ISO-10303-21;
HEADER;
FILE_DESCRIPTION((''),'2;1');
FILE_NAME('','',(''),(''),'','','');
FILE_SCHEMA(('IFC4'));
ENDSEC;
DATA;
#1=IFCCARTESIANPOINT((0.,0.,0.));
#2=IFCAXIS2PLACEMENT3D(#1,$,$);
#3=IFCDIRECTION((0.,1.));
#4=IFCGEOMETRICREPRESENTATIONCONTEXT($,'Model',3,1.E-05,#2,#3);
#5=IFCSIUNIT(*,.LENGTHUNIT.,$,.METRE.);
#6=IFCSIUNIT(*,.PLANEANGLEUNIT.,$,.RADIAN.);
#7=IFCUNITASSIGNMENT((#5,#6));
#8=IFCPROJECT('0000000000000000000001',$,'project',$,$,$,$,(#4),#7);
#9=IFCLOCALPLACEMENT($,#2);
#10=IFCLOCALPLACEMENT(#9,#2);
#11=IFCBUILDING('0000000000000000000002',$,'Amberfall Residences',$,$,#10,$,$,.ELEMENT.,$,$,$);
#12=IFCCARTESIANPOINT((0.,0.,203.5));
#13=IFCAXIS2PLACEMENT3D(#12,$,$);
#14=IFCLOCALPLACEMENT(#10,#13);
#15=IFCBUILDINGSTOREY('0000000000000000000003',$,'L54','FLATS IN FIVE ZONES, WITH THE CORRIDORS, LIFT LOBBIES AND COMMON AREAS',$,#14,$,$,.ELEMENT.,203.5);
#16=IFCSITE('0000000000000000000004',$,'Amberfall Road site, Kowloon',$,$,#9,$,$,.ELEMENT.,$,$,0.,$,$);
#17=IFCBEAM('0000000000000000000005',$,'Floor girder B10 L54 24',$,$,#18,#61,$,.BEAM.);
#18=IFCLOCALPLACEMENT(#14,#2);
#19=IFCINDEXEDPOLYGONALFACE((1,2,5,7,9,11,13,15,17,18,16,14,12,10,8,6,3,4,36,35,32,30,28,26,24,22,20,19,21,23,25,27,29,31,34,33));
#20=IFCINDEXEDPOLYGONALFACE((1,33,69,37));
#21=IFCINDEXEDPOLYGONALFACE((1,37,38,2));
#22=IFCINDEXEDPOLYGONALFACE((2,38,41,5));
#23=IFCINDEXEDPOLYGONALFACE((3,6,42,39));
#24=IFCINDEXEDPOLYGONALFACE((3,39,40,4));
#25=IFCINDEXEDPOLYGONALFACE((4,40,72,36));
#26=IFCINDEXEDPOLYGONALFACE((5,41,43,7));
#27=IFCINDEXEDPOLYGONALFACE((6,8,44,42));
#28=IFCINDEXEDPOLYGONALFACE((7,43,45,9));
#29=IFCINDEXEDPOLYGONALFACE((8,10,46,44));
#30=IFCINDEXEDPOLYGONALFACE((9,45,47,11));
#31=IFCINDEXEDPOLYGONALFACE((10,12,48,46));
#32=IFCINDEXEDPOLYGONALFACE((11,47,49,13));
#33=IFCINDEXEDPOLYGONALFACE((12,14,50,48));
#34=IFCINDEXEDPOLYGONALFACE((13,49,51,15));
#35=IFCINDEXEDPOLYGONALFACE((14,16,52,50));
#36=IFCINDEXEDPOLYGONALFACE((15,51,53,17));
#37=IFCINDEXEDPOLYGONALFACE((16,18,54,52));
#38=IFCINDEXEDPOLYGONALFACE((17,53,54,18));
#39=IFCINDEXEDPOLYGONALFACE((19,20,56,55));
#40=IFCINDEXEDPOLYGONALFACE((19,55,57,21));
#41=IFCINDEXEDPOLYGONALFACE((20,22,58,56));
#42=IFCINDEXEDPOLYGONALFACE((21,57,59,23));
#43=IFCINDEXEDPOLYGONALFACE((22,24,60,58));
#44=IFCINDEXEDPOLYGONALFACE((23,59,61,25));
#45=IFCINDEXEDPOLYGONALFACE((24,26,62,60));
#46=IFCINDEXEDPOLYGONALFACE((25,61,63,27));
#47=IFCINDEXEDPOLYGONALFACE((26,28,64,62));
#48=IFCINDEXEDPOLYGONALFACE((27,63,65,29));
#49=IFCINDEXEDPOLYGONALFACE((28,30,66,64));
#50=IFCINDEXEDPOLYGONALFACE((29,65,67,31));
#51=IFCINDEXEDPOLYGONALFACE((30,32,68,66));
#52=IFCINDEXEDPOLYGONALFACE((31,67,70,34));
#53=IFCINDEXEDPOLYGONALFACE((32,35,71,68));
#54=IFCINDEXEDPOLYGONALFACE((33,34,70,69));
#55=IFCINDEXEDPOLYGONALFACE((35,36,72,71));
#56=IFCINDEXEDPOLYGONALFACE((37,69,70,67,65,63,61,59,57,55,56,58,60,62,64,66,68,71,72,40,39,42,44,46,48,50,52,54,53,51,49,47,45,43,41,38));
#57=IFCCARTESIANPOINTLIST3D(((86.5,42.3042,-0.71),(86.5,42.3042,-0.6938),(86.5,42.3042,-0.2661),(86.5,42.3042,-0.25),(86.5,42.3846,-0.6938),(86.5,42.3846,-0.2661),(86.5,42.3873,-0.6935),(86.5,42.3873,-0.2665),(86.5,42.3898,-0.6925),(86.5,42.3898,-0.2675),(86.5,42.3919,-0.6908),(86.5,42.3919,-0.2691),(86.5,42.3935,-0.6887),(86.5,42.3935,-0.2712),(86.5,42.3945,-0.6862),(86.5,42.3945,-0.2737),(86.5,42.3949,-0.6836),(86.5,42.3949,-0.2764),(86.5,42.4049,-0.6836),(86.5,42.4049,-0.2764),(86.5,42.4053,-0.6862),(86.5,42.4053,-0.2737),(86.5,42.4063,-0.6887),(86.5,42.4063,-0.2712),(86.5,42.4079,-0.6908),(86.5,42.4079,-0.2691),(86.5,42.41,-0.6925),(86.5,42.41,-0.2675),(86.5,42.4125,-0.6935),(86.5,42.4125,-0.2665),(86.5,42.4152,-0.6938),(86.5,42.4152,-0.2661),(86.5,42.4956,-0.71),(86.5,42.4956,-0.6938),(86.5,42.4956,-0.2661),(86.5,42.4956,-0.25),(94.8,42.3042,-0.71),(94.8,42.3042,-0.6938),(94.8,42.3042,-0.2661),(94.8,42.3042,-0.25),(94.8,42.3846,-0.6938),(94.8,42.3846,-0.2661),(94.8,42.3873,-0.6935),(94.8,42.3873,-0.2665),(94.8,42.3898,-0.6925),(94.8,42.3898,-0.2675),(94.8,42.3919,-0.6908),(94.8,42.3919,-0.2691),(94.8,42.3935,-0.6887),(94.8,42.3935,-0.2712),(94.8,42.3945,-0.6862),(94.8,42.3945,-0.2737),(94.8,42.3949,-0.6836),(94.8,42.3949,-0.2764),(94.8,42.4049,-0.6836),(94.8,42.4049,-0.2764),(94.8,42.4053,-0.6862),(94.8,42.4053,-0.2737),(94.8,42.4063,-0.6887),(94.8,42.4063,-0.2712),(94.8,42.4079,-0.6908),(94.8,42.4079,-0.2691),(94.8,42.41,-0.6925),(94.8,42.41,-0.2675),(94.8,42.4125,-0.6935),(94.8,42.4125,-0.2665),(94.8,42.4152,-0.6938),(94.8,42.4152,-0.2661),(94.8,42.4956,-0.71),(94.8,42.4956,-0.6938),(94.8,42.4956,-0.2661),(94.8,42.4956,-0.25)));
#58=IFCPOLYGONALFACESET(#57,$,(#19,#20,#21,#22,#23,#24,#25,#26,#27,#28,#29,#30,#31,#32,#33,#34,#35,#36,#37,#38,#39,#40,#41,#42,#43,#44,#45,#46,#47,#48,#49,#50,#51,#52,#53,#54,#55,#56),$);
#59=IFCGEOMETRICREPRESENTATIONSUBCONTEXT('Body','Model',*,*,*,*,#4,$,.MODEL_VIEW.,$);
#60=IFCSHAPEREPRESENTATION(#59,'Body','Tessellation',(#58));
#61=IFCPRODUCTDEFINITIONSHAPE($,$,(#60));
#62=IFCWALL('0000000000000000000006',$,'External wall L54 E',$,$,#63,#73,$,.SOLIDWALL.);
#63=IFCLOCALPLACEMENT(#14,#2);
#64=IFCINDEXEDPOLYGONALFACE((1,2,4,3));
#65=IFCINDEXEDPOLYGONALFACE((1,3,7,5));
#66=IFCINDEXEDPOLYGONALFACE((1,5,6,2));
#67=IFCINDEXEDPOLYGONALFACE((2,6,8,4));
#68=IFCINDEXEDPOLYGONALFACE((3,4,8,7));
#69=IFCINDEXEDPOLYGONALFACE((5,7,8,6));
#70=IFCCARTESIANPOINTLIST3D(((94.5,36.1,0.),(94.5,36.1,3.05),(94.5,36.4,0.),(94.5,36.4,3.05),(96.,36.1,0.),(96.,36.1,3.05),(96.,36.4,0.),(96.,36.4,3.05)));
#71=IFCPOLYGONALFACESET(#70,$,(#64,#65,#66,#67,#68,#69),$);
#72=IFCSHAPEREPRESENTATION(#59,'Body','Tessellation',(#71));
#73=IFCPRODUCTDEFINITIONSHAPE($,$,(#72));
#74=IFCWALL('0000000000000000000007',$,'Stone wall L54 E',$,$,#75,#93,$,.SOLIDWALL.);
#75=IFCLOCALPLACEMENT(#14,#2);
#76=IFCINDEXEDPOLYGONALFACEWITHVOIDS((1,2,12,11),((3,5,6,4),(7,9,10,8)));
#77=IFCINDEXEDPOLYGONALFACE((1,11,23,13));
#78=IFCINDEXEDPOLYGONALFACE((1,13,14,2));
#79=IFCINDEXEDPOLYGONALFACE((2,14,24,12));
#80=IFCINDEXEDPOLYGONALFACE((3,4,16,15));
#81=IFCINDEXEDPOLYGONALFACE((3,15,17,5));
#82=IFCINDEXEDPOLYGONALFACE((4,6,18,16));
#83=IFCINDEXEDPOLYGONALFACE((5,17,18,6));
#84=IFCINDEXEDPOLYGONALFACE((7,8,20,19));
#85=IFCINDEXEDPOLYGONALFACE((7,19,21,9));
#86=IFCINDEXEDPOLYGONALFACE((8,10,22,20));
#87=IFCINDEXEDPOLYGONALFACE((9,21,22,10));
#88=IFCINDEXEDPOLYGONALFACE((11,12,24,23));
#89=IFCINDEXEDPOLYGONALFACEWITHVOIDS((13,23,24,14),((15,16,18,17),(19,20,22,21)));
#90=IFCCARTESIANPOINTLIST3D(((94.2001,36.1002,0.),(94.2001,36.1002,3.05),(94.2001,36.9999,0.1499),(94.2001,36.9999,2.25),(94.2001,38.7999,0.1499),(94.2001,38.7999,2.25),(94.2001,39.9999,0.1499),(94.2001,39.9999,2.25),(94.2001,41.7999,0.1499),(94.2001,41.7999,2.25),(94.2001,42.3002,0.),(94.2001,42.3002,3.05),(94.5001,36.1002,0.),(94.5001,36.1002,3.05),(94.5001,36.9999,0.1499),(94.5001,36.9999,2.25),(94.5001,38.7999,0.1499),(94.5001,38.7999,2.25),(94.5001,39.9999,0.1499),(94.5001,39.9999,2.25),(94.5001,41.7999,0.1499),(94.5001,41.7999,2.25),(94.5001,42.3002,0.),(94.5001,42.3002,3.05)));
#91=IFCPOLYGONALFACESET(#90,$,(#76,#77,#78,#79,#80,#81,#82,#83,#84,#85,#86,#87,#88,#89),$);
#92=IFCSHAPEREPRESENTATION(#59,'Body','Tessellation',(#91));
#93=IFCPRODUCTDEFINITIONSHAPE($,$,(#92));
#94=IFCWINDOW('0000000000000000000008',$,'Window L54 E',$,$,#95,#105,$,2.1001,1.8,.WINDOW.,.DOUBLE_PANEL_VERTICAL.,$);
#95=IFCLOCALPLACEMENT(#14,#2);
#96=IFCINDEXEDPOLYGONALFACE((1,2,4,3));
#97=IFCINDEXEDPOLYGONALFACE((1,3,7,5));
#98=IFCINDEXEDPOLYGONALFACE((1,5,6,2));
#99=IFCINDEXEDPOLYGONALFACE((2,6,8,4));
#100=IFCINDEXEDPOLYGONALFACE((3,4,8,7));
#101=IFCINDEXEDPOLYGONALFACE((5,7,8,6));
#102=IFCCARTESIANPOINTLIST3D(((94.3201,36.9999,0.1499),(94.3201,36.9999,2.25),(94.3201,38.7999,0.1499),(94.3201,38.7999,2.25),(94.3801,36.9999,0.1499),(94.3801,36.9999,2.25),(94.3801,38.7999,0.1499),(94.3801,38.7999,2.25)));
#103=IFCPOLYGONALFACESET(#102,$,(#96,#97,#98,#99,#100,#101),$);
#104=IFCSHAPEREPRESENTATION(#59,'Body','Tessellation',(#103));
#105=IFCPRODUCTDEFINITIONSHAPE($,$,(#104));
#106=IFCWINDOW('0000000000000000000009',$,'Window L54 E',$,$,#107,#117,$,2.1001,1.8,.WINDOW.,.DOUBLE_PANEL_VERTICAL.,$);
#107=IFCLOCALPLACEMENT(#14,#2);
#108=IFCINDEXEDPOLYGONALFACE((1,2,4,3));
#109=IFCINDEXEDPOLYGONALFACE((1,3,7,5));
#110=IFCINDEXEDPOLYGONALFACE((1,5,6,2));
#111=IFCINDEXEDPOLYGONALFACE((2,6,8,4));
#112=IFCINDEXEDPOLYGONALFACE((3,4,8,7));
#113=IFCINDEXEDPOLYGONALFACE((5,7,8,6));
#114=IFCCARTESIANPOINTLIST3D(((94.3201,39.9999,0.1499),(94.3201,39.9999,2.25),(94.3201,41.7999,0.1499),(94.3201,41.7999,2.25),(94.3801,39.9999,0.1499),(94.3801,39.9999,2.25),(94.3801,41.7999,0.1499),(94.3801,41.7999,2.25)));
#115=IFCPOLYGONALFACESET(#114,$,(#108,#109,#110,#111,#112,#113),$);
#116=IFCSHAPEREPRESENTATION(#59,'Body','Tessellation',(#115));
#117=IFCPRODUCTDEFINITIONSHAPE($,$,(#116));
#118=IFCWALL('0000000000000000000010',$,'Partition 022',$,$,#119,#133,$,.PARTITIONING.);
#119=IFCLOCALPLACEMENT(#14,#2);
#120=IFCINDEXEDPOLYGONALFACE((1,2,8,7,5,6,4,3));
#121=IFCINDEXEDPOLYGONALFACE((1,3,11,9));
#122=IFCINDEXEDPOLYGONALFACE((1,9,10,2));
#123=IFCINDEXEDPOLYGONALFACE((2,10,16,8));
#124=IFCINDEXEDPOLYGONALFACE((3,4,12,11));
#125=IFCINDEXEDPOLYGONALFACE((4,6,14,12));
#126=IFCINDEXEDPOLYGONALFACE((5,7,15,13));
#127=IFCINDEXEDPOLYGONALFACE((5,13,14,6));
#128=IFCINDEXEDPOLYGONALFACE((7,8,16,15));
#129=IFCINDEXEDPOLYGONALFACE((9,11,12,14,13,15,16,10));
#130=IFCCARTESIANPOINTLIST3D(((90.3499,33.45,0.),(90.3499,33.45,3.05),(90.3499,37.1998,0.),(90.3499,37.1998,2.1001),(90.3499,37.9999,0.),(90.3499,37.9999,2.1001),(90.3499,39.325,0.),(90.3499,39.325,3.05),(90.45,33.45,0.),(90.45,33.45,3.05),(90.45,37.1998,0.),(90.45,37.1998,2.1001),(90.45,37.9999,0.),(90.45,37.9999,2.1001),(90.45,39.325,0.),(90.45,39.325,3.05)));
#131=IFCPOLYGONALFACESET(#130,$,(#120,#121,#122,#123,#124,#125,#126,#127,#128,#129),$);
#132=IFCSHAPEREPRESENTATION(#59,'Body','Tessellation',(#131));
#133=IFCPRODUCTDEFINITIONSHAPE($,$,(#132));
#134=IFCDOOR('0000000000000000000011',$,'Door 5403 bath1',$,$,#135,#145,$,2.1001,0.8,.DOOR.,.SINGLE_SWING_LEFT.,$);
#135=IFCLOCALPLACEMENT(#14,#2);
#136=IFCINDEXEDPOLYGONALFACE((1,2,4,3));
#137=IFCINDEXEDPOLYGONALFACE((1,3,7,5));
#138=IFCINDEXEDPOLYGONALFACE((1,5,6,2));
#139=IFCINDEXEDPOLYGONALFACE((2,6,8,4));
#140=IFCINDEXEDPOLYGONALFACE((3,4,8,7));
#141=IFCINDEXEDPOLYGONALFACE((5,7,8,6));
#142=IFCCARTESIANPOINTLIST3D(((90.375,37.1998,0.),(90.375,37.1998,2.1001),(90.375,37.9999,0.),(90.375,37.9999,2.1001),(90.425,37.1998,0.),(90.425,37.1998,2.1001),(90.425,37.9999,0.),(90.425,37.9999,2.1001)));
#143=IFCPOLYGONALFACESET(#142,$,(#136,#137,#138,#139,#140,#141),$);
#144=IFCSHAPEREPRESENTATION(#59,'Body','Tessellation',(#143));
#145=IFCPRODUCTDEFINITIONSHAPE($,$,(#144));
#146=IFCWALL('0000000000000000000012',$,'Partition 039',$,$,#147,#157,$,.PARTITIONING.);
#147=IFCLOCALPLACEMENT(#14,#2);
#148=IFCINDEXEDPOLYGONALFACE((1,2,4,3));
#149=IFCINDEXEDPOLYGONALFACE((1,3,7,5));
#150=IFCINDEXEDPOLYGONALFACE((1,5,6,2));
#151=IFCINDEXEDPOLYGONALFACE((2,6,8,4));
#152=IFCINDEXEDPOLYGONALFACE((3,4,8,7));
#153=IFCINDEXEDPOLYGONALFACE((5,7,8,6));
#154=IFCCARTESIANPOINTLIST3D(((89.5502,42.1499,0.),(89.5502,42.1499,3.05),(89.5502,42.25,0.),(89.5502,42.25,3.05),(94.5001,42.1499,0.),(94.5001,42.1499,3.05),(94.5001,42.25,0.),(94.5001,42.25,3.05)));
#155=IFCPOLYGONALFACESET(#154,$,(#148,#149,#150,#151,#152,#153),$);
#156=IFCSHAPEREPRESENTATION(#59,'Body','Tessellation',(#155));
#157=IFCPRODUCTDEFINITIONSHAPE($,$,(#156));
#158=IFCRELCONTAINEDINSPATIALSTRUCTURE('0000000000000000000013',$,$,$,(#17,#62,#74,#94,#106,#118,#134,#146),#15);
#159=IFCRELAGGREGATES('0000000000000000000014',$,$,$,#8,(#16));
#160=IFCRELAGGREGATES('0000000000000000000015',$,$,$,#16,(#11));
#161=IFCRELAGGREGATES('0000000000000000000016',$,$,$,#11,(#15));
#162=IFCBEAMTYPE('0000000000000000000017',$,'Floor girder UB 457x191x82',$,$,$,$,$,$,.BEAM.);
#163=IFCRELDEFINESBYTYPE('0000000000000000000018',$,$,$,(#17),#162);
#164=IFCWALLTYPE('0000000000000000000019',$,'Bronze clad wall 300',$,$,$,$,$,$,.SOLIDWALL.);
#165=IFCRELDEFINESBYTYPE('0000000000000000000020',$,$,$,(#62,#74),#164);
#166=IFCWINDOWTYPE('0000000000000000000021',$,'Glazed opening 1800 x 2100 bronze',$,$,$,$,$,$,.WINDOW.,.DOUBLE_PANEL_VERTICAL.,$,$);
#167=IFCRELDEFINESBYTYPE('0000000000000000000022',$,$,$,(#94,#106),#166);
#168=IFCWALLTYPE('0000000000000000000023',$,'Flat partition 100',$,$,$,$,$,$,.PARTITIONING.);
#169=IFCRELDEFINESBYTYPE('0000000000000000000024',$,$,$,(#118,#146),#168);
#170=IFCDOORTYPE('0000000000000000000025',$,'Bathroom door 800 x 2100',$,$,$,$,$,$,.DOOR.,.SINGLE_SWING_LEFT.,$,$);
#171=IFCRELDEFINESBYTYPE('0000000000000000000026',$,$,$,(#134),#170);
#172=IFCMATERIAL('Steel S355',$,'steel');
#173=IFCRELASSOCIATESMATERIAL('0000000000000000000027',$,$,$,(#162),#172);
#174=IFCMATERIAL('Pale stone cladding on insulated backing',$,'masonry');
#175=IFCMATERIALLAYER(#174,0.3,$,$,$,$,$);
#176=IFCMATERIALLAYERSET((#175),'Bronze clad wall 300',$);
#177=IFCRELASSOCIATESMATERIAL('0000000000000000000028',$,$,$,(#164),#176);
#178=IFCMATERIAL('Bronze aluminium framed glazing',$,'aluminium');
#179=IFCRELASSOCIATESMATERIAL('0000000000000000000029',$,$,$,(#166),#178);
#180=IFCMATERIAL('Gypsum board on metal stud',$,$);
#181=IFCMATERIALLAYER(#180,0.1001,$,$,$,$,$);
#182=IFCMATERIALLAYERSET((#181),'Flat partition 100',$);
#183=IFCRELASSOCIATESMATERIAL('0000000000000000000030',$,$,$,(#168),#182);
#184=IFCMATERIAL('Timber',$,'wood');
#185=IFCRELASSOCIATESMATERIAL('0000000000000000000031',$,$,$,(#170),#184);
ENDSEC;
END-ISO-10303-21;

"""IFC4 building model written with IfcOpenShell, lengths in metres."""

from ifc_helpers import new_model, si_unit, direction, frame, frame_2d, origin, origin_2d, place, context, subcontext, project, spatial, rectangle, i_section, extrude, material, layer, layer_set, material_profile, profile_set, type_object, element, fill, save


model = new_model("IFC4")

# Units and contexts
model_context = context("Model", 3, precision=1e-05, world=origin(), true_north=direction((0.0, 1.0)))
body_context = subcontext(model_context, "Body", "Model", "MODEL_VIEW")
ifc_project = project(units=[si_unit("LENGTHUNIT", "METRE"), si_unit("PLANEANGLEUNIT", "RADIAN")], contexts=[model_context])

# Site, building, storey
site_placement = place(None, origin())
site = spatial("IfcSite", under=ifc_project, at=site_placement, Name="Amberfall Road site, Kowloon", CompositionType="ELEMENT", RefElevation=0.0)
building_placement = place(site_placement, origin())
building = spatial("IfcBuilding", under=site, at=building_placement, Name="Amberfall Residences", CompositionType="ELEMENT")
storey_placement = place(building_placement, frame((0.0, 0.0, 203.5)))
storey = spatial("IfcBuildingStorey", under=building, at=storey_placement, Name="L54", Description="FLATS IN FIVE ZONES, WITH THE CORRIDORS, LIFT LOBBIES AND COMMON AREAS", CompositionType="ELEMENT", Elevation=203.5)

# Beam
ifc_material_1 = material(Name="Steel S355", Category="steel")
ifc_material_profile_1 = material_profile(ifc_material_1, i_section(OverallWidth=0.1914, OverallDepth=0.46, WebThickness=0.01, FlangeThickness=0.0161, FilletRadius=0.0103, at=origin_2d()), Name="UB 457x191x82")
ifc_profile_set_1 = profile_set([ifc_material_profile_1], Name="Steel S355")
beam_type_1 = type_object("IfcBeamType", Name="Floor girder UB 457x191x82", PredefinedType="BEAM", material=ifc_profile_set_1)
beam_1_placement = place(storey_placement, frame((94.8, 42.3999, -0.48), z_axis=(-1.0, 0.0, 0.0), x_axis=(0.0, -1.0, 0.0)))
element("IfcBeam", 1, at=beam_1_placement, inside=storey, type_object=beam_type_1, Name="Floor girder B10 L54 24", PredefinedType="BEAM", context=body_context, shape_type="SweptSolid", body=[
    extrude(i_section(OverallWidth=0.1914, OverallDepth=0.46, WebThickness=0.01, FlangeThickness=0.0161, FilletRadius=0.0103, at=origin_2d()), origin(), (0.0, 0.0, 1.0), 8.3),
])

# Wall
ifc_material_2 = material(Name="Pale stone cladding on insulated backing", Category="masonry")
ifc_layer_1 = layer(ifc_material_2, 0.3)
ifc_layer_set_1 = layer_set([ifc_layer_1], Name="Bronze clad wall 300")
wall_type_1 = type_object("IfcWallType", Name="Bronze clad wall 300", PredefinedType="SOLIDWALL", material=ifc_layer_set_1)
wall_1_placement = place(storey_placement, frame((96.0, 36.25, 0.0), z_axis=(0.0, 0.0, 1.0), x_axis=(-1.0, 0.0, 0.0)))
element("IfcWall", 2, at=wall_1_placement, inside=storey, type_object=wall_type_1, Name="External wall L54 E", PredefinedType="SOLIDWALL", context=body_context, shape_type="SweptSolid", body=[
    extrude(rectangle(XDim=1.5, YDim=0.3, at=frame_2d((0.75, 0.0))), origin(), (0.0, 0.0, 1.0), 3.05),
])

# Wall, openings, windows
wall_2_placement = place(storey_placement, frame((94.3501, 36.1001, 0.0), z_axis=(0.0, 0.0, 1.0), x_axis=(0.0, 1.0, 0.0)))
wall_2 = element("IfcWall", 3, at=wall_2_placement, inside=storey, type_object=wall_type_1, Name="Stone wall L54 E", PredefinedType="SOLIDWALL", context=body_context, shape_type="SweptSolid", body=[
    extrude(rectangle(XDim=6.2, YDim=0.3, at=frame_2d((3.1001, 0.0))), origin(), (0.0, 0.0, 1.0), 3.05),
])
opening_1_placement = place(wall_2_placement, frame((0.8999, 0.0, 0.1499)))
opening_1 = element("IfcOpeningElement", 4, at=opening_1_placement, cuts=wall_2, PredefinedType="OPENING", context=body_context, shape_type="SweptSolid", body=[
    extrude(rectangle(XDim=1.8, YDim=2.1001, at=frame_2d((0.8999, 1.05))), frame((0.0, 0.1599, 0.0), z_axis=(0.0, -1.0, 0.0), x_axis=(1.0, 0.0, 0.0)), (0.0, 0.0, 1.0), 0.3201),
])
opening_2_placement = place(wall_2_placement, frame((3.8999, 0.0, 0.1499)))
opening_2 = element("IfcOpeningElement", 5, at=opening_2_placement, cuts=wall_2, PredefinedType="OPENING", context=body_context, shape_type="SweptSolid", body=[
    extrude(rectangle(XDim=1.8, YDim=2.1001, at=frame_2d((0.8999, 1.05))), frame((0.0, 0.1599, 0.0), z_axis=(0.0, -1.0, 0.0), x_axis=(1.0, 0.0, 0.0)), (0.0, 0.0, 1.0), 0.3201),
])
ifc_material_3 = material(Name="Bronze aluminium framed glazing", Category="aluminium")
window_type = type_object("IfcWindowType", Name="Glazed opening 1800 x 2100 bronze", PartitioningType="DOUBLE_PANEL_VERTICAL", PredefinedType="WINDOW", material=ifc_material_3)
window_1_placement = place(opening_1_placement, origin())
window_1 = element("IfcWindow", 6, at=window_1_placement, inside=storey, type_object=window_type, Name="Window L54 E", OverallHeight=2.1001, OverallWidth=1.8, PartitioningType="DOUBLE_PANEL_VERTICAL", PredefinedType="WINDOW", context=body_context, shape_type="SweptSolid", body=[
    extrude(rectangle(XDim=1.8, YDim=2.1001, at=frame_2d((0.8999, 1.05))), frame((0.0, 0.03, 0.0), z_axis=(0.0, -1.0, 0.0), x_axis=(1.0, 0.0, 0.0)), (0.0, 0.0, 1.0), 0.0601),
])
fill(opening_1, window_1)
window_2_placement = place(opening_2_placement, origin())
window_2 = element("IfcWindow", 7, at=window_2_placement, inside=storey, type_object=window_type, Name="Window L54 E", OverallHeight=2.1001, OverallWidth=1.8, PartitioningType="DOUBLE_PANEL_VERTICAL", PredefinedType="WINDOW", context=body_context, shape_type="SweptSolid", body=[
    extrude(rectangle(XDim=1.8, YDim=2.1001, at=frame_2d((0.8999, 1.05))), frame((0.0, 0.03, 0.0), z_axis=(0.0, -1.0, 0.0), x_axis=(1.0, 0.0, 0.0)), (0.0, 0.0, 1.0), 0.0601),
])
fill(opening_2, window_2)

# Wall, opening, door
ifc_material_4 = material(Name="Gypsum board on metal stud")
ifc_layer_2 = layer(ifc_material_4, 0.1001)
ifc_layer_set_2 = layer_set([ifc_layer_2], Name="Flat partition 100")
wall_type_2 = type_object("IfcWallType", Name="Flat partition 100", PredefinedType="PARTITIONING", material=ifc_layer_set_2)
wall_3_placement = place(storey_placement, frame((90.3999, 33.45, 0.0), z_axis=(0.0, 0.0, 1.0), x_axis=(0.0, 1.0, 0.0)))
wall_3 = element("IfcWall", 8, at=wall_3_placement, inside=storey, type_object=wall_type_2, Name="Partition 022", PredefinedType="PARTITIONING", context=body_context, shape_type="SweptSolid", body=[
    extrude(rectangle(XDim=5.875, YDim=0.1001, at=frame_2d((2.9375, 0.0))), origin(), (0.0, 0.0, 1.0), 3.05),
])
opening_3_placement = place(wall_3_placement, frame((3.75, 0.0, 0.0)))
opening_3 = element("IfcOpeningElement", 9, at=opening_3_placement, cuts=wall_3, PredefinedType="OPENING", context=body_context, shape_type="SweptSolid", body=[
    extrude(rectangle(XDim=0.8, YDim=2.1001, at=frame_2d((0.3999, 1.05))), frame((0.0, 0.0601, 0.0), z_axis=(0.0, -1.0, 0.0), x_axis=(1.0, 0.0, 0.0)), (0.0, 0.0, 1.0), 0.1201),
])
ifc_material_5 = material(Name="Timber", Category="wood")
door_type_1 = type_object("IfcDoorType", Name="Bathroom door 800 x 2100", OperationType="SINGLE_SWING_LEFT", PredefinedType="DOOR", material=ifc_material_5)
door_1_placement = place(opening_3_placement, origin())
door_1 = element("IfcDoor", 10, at=door_1_placement, inside=storey, type_object=door_type_1, Name="Door 5403 bath1", OperationType="SINGLE_SWING_LEFT", OverallHeight=2.1001, OverallWidth=0.8, PredefinedType="DOOR", context=body_context, shape_type="SweptSolid", body=[
    extrude(rectangle(XDim=0.8, YDim=2.1001, at=frame_2d((0.3999, 1.05))), frame((0.0, 0.0249, 0.0), z_axis=(0.0, -1.0, 0.0), x_axis=(1.0, 0.0, 0.0)), (0.0, 0.0, 1.0), 0.05),
])
fill(opening_3, door_1)

# Wall
wall_4_placement = place(storey_placement, frame((89.55, 42.2, 0.0), z_axis=(0.0, 0.0, 1.0), x_axis=(1.0, 0.0, 0.0)))
element("IfcWall", 11, at=wall_4_placement, inside=storey, type_object=wall_type_2, Name="Partition 039", PredefinedType="PARTITIONING", context=body_context, shape_type="SweptSolid", body=[
    extrude(rectangle(XDim=4.95, YDim=0.1001, at=frame_2d((2.4751, 0.0))), origin(), (0.0, 0.0, 1.0), 3.05),
])

save(model, "model.ifc")
